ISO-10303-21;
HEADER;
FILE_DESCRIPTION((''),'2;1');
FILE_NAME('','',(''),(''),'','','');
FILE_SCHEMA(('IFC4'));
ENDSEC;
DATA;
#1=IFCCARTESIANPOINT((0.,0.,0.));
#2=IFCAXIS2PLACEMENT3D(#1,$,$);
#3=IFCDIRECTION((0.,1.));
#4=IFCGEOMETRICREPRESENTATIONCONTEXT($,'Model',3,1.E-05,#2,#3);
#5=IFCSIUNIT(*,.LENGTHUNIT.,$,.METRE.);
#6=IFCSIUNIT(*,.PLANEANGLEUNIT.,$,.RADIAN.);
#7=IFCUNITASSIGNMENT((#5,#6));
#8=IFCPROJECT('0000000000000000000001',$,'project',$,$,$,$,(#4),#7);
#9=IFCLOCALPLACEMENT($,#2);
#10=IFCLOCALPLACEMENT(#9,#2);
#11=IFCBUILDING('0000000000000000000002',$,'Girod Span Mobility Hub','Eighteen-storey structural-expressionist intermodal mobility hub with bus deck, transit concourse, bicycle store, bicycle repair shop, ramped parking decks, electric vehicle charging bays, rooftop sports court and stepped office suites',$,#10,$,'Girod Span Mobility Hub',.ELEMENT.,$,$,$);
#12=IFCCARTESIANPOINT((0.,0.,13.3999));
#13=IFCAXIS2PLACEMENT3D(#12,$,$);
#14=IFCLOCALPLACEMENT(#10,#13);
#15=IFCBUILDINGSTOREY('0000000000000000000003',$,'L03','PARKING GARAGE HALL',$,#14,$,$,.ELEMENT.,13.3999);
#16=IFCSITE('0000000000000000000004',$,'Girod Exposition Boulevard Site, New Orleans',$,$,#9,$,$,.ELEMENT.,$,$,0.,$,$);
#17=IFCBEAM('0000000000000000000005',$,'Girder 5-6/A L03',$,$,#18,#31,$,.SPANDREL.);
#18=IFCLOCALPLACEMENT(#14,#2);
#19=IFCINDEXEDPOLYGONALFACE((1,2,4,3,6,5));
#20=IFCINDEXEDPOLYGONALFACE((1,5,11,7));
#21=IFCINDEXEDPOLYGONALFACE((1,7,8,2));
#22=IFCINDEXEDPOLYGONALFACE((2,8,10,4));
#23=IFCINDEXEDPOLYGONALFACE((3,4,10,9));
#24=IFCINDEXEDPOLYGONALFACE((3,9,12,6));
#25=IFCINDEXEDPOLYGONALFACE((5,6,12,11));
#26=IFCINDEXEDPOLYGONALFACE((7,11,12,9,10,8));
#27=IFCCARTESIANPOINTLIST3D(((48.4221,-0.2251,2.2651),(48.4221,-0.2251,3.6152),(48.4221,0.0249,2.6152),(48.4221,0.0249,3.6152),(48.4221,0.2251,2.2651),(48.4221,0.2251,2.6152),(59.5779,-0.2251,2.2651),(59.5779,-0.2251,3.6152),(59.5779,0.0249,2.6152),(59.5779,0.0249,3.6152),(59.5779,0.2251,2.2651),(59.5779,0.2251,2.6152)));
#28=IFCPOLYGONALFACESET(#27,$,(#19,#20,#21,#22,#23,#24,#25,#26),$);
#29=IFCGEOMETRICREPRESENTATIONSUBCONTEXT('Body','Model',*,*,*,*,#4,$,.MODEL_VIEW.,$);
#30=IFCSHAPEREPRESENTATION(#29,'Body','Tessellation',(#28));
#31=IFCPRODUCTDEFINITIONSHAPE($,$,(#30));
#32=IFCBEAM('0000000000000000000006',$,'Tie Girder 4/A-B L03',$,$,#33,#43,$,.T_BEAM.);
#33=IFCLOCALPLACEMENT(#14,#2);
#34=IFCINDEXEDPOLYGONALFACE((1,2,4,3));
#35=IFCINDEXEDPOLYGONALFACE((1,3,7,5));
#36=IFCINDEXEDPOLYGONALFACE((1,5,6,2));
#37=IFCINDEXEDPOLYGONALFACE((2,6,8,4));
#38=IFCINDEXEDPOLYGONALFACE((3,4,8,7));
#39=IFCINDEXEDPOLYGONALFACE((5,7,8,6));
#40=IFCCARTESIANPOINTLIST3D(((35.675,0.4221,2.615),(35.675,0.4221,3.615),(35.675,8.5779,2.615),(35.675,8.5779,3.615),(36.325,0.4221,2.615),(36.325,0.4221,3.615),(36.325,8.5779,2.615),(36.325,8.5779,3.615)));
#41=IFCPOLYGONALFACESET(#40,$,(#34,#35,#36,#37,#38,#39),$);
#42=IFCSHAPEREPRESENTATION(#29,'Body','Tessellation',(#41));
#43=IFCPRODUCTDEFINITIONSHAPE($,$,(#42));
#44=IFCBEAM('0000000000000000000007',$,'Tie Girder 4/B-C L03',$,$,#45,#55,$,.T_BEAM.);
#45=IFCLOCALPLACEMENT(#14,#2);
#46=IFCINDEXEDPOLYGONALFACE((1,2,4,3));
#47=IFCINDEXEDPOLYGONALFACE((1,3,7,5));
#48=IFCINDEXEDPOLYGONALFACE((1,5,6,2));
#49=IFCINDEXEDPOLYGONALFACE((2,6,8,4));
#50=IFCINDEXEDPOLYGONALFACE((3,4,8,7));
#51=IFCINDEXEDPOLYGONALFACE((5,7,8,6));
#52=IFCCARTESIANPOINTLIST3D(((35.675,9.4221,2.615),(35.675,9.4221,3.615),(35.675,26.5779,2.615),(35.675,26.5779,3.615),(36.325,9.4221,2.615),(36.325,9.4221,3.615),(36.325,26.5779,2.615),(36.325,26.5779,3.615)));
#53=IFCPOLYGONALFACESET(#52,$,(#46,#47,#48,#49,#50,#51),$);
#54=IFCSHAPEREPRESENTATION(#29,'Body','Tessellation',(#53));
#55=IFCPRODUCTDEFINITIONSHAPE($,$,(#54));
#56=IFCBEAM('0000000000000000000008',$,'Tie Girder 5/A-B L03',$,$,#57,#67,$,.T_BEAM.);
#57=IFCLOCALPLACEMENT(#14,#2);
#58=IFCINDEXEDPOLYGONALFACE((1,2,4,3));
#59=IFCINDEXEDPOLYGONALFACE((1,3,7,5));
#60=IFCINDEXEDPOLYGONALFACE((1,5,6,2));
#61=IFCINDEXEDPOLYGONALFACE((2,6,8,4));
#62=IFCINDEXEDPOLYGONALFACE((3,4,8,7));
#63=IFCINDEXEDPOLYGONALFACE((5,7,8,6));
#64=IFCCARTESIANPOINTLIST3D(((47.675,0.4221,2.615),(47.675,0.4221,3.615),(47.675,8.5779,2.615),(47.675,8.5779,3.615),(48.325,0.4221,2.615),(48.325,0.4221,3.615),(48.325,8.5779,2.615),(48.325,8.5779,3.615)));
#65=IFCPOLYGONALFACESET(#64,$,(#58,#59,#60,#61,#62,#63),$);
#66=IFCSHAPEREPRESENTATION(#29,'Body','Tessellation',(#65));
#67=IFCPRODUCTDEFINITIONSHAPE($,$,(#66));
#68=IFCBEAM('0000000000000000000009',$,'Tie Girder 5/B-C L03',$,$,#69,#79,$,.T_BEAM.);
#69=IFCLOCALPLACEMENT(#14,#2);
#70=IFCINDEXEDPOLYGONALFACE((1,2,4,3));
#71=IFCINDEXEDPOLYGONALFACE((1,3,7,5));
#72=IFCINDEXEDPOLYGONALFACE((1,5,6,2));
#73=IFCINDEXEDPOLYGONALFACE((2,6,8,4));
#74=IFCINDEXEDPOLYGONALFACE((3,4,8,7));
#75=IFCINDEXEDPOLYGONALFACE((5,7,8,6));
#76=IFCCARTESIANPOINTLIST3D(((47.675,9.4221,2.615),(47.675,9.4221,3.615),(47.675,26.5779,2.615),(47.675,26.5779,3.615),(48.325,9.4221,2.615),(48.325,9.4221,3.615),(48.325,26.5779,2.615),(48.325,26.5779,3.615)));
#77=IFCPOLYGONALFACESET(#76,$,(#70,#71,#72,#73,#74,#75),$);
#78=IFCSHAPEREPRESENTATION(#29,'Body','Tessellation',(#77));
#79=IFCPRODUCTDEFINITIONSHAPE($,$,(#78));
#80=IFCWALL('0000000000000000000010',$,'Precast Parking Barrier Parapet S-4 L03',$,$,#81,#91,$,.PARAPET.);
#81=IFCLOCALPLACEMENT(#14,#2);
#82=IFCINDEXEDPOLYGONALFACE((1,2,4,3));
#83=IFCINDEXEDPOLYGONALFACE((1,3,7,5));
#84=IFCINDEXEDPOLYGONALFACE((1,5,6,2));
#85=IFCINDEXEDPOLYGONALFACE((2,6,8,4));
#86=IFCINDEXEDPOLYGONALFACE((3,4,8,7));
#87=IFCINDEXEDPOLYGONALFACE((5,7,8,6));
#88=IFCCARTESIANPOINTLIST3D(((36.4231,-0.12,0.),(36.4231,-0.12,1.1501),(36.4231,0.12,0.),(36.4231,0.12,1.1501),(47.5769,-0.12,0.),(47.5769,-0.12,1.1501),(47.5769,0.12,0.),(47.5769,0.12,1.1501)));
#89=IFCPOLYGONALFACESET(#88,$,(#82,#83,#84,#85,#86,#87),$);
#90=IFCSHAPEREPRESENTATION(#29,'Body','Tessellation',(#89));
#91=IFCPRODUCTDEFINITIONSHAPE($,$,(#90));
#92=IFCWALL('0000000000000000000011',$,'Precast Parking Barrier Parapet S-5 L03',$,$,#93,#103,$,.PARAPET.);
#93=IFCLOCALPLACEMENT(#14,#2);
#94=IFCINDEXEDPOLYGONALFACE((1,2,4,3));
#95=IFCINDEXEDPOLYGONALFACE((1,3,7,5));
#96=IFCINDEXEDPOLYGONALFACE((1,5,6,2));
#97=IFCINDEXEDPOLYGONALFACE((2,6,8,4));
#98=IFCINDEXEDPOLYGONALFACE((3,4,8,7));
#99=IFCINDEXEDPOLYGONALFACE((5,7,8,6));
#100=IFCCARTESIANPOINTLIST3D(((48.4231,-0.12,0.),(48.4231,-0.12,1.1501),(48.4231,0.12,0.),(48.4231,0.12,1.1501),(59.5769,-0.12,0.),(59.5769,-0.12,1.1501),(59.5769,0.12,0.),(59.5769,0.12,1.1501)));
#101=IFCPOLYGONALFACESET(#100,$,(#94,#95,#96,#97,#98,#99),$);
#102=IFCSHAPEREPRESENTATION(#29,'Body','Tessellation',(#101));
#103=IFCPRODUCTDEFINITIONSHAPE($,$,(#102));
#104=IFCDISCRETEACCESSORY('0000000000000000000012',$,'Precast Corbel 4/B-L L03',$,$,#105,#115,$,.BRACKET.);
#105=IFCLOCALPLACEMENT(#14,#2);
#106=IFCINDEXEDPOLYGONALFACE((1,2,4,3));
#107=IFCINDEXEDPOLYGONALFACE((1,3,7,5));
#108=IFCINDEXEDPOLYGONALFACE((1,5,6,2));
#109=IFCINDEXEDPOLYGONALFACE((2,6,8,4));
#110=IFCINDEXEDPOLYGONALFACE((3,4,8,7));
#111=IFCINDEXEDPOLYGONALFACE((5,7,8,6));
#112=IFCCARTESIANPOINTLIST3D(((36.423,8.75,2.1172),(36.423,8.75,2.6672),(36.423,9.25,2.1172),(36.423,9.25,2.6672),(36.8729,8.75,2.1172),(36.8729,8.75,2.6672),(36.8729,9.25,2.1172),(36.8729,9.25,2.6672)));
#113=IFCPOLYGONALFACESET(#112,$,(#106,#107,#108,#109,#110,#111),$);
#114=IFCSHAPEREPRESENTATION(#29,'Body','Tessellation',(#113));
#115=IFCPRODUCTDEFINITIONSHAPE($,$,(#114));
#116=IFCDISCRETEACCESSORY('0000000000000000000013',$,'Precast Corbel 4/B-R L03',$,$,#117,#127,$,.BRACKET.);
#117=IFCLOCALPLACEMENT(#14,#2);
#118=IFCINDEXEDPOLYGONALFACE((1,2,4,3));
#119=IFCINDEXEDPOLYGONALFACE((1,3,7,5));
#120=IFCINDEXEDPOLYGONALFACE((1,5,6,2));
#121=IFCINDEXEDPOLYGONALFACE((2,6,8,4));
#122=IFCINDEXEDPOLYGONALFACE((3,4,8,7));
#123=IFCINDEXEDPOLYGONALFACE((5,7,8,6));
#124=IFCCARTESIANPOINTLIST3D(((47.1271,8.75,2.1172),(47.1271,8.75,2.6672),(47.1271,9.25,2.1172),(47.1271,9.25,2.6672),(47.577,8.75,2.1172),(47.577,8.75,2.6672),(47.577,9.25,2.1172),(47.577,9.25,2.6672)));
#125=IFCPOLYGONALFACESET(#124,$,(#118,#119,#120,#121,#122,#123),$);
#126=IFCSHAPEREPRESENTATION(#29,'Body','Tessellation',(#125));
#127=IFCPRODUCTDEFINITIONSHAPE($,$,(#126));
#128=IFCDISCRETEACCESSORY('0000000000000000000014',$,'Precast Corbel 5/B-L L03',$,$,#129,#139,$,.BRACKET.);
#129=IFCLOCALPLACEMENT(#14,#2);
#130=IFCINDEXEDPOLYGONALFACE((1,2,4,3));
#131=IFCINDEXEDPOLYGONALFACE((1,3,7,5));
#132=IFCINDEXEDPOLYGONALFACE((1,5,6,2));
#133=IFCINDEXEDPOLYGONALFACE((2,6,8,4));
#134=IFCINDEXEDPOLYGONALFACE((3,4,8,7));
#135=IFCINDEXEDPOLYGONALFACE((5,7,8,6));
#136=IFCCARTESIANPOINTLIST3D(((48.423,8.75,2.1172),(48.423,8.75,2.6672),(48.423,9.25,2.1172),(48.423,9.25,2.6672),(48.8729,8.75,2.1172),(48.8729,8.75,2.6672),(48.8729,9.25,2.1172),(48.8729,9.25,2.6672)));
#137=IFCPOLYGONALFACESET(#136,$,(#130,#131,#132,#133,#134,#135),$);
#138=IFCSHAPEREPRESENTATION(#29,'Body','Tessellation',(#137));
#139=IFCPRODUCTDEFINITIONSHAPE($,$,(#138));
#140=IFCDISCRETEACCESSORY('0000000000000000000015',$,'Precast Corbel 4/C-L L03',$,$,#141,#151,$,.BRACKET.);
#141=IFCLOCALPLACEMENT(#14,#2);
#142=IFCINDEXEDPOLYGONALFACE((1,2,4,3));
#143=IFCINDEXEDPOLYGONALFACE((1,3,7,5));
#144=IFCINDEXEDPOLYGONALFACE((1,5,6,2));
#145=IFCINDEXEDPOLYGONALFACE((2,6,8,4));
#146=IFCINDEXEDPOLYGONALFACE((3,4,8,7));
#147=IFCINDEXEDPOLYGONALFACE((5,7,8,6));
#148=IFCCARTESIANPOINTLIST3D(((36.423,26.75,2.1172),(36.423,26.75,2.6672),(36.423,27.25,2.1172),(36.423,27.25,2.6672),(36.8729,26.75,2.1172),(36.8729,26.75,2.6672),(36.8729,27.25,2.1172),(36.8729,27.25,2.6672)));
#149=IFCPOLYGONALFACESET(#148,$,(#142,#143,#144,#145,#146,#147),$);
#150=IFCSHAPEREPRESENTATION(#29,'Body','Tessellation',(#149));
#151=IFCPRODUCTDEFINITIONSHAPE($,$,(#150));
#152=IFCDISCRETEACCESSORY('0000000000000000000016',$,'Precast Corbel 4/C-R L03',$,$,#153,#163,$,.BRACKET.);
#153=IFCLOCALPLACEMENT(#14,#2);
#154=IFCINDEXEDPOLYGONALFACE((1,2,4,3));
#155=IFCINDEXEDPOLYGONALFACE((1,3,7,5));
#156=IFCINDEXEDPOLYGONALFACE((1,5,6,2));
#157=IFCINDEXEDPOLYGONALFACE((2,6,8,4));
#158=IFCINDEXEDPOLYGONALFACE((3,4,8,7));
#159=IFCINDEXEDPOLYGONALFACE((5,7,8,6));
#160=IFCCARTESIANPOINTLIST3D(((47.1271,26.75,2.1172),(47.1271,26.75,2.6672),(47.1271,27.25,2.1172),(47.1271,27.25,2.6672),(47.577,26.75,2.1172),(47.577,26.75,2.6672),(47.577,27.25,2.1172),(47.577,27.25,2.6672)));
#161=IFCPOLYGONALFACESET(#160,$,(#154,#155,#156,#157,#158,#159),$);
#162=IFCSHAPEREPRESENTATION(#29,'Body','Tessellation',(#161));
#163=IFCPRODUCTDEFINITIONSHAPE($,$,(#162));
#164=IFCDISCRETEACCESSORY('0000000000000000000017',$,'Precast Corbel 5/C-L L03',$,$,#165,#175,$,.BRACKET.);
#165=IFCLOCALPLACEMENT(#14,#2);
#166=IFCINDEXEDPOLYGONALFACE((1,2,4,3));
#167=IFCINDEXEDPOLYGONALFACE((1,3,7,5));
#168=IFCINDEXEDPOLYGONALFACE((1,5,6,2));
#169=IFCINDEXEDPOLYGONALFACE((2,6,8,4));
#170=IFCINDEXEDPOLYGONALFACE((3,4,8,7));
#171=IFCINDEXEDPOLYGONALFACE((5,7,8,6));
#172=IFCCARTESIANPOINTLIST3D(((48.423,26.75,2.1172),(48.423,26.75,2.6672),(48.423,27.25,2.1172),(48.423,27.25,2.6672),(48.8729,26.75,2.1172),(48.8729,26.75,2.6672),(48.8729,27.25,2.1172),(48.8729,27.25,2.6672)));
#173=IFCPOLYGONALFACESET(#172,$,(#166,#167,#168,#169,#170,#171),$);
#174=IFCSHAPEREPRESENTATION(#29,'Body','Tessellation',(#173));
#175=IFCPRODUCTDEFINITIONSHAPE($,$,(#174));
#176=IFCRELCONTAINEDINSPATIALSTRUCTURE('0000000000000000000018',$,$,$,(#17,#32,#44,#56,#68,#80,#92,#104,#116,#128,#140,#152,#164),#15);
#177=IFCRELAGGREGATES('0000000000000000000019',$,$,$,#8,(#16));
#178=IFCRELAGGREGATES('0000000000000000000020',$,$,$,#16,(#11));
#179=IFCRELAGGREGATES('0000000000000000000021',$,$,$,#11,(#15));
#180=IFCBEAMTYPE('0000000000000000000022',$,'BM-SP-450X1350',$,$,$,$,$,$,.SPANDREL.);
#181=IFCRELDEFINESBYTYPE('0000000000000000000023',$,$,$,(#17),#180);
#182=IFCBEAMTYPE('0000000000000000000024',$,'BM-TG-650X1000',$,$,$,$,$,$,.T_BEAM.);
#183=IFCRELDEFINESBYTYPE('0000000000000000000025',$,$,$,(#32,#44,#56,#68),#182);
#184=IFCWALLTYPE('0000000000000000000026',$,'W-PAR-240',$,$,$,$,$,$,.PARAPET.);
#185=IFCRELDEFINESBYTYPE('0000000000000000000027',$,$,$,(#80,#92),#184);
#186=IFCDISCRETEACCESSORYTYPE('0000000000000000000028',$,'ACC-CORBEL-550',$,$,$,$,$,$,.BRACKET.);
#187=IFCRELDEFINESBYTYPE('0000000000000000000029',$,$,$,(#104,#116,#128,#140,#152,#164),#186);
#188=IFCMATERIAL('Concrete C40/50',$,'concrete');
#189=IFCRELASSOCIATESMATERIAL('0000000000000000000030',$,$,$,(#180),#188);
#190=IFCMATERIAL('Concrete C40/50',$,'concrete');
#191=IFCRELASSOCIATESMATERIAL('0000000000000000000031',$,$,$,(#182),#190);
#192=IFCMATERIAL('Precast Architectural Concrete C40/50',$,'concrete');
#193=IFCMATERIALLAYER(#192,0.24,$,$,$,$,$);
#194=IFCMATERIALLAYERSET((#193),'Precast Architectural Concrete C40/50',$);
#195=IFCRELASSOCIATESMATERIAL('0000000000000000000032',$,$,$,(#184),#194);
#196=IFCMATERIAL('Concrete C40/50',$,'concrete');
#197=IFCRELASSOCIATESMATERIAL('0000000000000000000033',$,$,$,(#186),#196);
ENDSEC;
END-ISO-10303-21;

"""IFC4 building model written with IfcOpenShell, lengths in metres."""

from ifc_helpers import new_model, si_unit, direction, frame, frame_2d, origin, origin_2d, place, context, subcontext, project, spatial, polyline, rectangle, outline, extrude, material, layer, layer_set, material_profile, profile_set, type_object, element, save


model = new_model("IFC4")

# Units and contexts
model_context = context("Model", 3, precision=1e-05, world=origin(), true_north=direction((0.0, 1.0)))
body_context = subcontext(model_context, "Body", "Model", "MODEL_VIEW")
ifc_project = project(units=[si_unit("LENGTHUNIT", "METRE"), si_unit("PLANEANGLEUNIT", "RADIAN")], contexts=[model_context])

# Site, building, storey
site_placement = place(None, origin())
site = spatial("IfcSite", under=ifc_project, at=site_placement, Name="Girod Exposition Boulevard Site, New Orleans", CompositionType="ELEMENT", RefElevation=0.0)
building_placement = place(site_placement, origin())
building = spatial("IfcBuilding", under=site, at=building_placement, Name="Girod Span Mobility Hub", Description="Eighteen-storey structural-expressionist intermodal mobility hub with bus deck, transit concourse, bicycle store, bicycle repair shop, ramped parking decks, electric vehicle charging bays, rooftop sports court and stepped office suites", LongName="Girod Span Mobility Hub", CompositionType="ELEMENT")
storey_placement = place(building_placement, frame((0.0, 0.0, 13.3999)))
storey = spatial("IfcBuildingStorey", under=building, at=storey_placement, Name="L03", Description="PARKING GARAGE HALL", CompositionType="ELEMENT", Elevation=13.3999)

# Beams
ifc_material_1 = material(Name="Concrete C40/50", Category="concrete")
ifc_material_profile_1 = material_profile(ifc_material_1, outline(polyline([(-0.2251, -0.675), (0.2251, -0.675), (0.2251, -0.325), (0.0249, -0.325), (0.0249, 0.675), (-0.2251, 0.675), (-0.2251, -0.675)])), Name="SP-450X1350")
ifc_profile_set_1 = profile_set([ifc_material_profile_1], Name="Concrete C40/50")
beam_type_1 = type_object("IfcBeamType", Name="BM-SP-450X1350", PredefinedType="SPANDREL", material=ifc_profile_set_1)
for number, where, z_axis, x_axis, name in (
    (1, (48.4221, 0.0, 2.9402), (1.0, 0.0, 0.0), (0.0, 1.0, 0.0), "Girder 5-6/A L03"),
):
    element("IfcBeam", number, at=place(storey_placement, frame(where, z_axis=z_axis, x_axis=x_axis)), inside=storey, type_object=beam_type_1, Name=name, PredefinedType="SPANDREL", context=body_context, shape_type="SweptSolid", body=[
        extrude(outline(polyline([(-0.2251, -0.675), (0.2251, -0.675), (0.2251, -0.325), (0.0249, -0.325), (0.0249, 0.675), (-0.2251, 0.675), (-0.2251, -0.675)])), origin(), (0.0, 0.0, 1.0), 11.1558),
    ])
ifc_material_2 = material(Name="Concrete C40/50", Category="concrete")
ifc_material_profile_2 = material_profile(ifc_material_2, rectangle(XDim=0.6499, YDim=1.0, at=origin_2d()), Name="TG-650X1000")
ifc_profile_set_2 = profile_set([ifc_material_profile_2], Name="Concrete C40/50")
beam_type_2 = type_object("IfcBeamType", Name="BM-TG-650X1000", PredefinedType="T_BEAM", material=ifc_profile_set_2)
beam_1_placement = place(storey_placement, frame((36.0, 0.4221, 3.115), z_axis=(0.0, 1.0, 0.0), x_axis=(-1.0, 0.0, 0.0)))
element("IfcBeam", 2, at=beam_1_placement, inside=storey, type_object=beam_type_2, Name="Tie Girder 4/A-B L03", PredefinedType="T_BEAM", context=body_context, shape_type="SweptSolid", body=[
    extrude(rectangle(XDim=0.6499, YDim=1.0, at=origin_2d()), origin(), (0.0, 0.0, 1.0), 8.1558),
])
beam_2_placement = place(storey_placement, frame((36.0, 9.4221, 3.115), z_axis=(0.0, 1.0, 0.0), x_axis=(-1.0, 0.0, 0.0)))
element("IfcBeam", 3, at=beam_2_placement, inside=storey, type_object=beam_type_2, Name="Tie Girder 4/B-C L03", PredefinedType="T_BEAM", context=body_context, shape_type="SweptSolid", body=[
    extrude(rectangle(XDim=0.6499, YDim=1.0, at=origin_2d()), origin(), (0.0, 0.0, 1.0), 17.1558),
])
beam_3_placement = place(storey_placement, frame((48.0, 0.4221, 3.115), z_axis=(0.0, 1.0, 0.0), x_axis=(-1.0, 0.0, 0.0)))
element("IfcBeam", 4, at=beam_3_placement, inside=storey, type_object=beam_type_2, Name="Tie Girder 5/A-B L03", PredefinedType="T_BEAM", context=body_context, shape_type="SweptSolid", body=[
    extrude(rectangle(XDim=0.6499, YDim=1.0, at=origin_2d()), origin(), (0.0, 0.0, 1.0), 8.1558),
])
beam_4_placement = place(storey_placement, frame((48.0, 9.4221, 3.115), z_axis=(0.0, 1.0, 0.0), x_axis=(-1.0, 0.0, 0.0)))
element("IfcBeam", 5, at=beam_4_placement, inside=storey, type_object=beam_type_2, Name="Tie Girder 5/B-C L03", PredefinedType="T_BEAM", context=body_context, shape_type="SweptSolid", body=[
    extrude(rectangle(XDim=0.6499, YDim=1.0, at=origin_2d()), origin(), (0.0, 0.0, 1.0), 17.1558),
])

# Walls
ifc_material_3 = material(Name="Precast Architectural Concrete C40/50", Category="concrete")
ifc_layer = layer(ifc_material_3, 0.24)
ifc_layer_set = layer_set([ifc_layer], Name="Precast Architectural Concrete C40/50")
wall_type = type_object("IfcWallType", Name="W-PAR-240", PredefinedType="PARAPET", material=ifc_layer_set)
for number, where, z_axis, x_axis, name in (
    (6, (36.4231, 0.0, 0.0), (0.0, 0.0, 1.0), (1.0, 0.0, 0.0), "Precast Parking Barrier Parapet S-4 L03"),
    (7, (48.4231, 0.0, 0.0), (0.0, 0.0, 1.0), (1.0, 0.0, 0.0), "Precast Parking Barrier Parapet S-5 L03"),
):
    element("IfcWall", number, at=place(storey_placement, frame(where, z_axis=z_axis, x_axis=x_axis)), inside=storey, type_object=wall_type, Name=name, PredefinedType="PARAPET", context=body_context, shape_type="SweptSolid", body=[
        extrude(rectangle(XDim=11.1538, YDim=0.24, at=frame_2d((5.5769, 0.0))), origin(), (0.0, 0.0, 1.0), 1.1501),
    ])

# Discrete accessories
ifc_material_4 = material(Name="Concrete C40/50", Category="concrete")
discrete_accessory_type = type_object("IfcDiscreteAccessoryType", Name="ACC-CORBEL-550", PredefinedType="BRACKET", material=ifc_material_4)
for number, where, z_axis, x_axis, name in (
    (8, (36.6479, 9.0, 2.1172), (0.0, 0.0, 1.0), (1.0, 0.0, 0.0), "Precast Corbel 4/B-L L03"),
    (9, (47.3521, 9.0, 2.1172), (0.0, 0.0, 1.0), (1.0, 0.0, 0.0), "Precast Corbel 4/B-R L03"),
    (10, (48.6479, 9.0, 2.1172), (0.0, 0.0, 1.0), (1.0, 0.0, 0.0), "Precast Corbel 5/B-L L03"),
    (11, (36.6479, 27.0, 2.1172), (0.0, 0.0, 1.0), (1.0, 0.0, 0.0), "Precast Corbel 4/C-L L03"),
    (12, (47.3521, 27.0, 2.1172), (0.0, 0.0, 1.0), (1.0, 0.0, 0.0), "Precast Corbel 4/C-R L03"),
    (13, (48.6479, 27.0, 2.1172), (0.0, 0.0, 1.0), (1.0, 0.0, 0.0), "Precast Corbel 5/C-L L03"),
):
    element("IfcDiscreteAccessory", number, at=place(storey_placement, frame(where, z_axis=z_axis, x_axis=x_axis)), inside=storey, type_object=discrete_accessory_type, Name=name, PredefinedType="BRACKET", context=body_context, shape_type="SweptSolid", body=[
        extrude(rectangle(XDim=0.45, YDim=0.5, at=origin_2d()), origin(), (0.0, 0.0, 1.0), 0.55),
    ])

save(model, "model.ifc")
